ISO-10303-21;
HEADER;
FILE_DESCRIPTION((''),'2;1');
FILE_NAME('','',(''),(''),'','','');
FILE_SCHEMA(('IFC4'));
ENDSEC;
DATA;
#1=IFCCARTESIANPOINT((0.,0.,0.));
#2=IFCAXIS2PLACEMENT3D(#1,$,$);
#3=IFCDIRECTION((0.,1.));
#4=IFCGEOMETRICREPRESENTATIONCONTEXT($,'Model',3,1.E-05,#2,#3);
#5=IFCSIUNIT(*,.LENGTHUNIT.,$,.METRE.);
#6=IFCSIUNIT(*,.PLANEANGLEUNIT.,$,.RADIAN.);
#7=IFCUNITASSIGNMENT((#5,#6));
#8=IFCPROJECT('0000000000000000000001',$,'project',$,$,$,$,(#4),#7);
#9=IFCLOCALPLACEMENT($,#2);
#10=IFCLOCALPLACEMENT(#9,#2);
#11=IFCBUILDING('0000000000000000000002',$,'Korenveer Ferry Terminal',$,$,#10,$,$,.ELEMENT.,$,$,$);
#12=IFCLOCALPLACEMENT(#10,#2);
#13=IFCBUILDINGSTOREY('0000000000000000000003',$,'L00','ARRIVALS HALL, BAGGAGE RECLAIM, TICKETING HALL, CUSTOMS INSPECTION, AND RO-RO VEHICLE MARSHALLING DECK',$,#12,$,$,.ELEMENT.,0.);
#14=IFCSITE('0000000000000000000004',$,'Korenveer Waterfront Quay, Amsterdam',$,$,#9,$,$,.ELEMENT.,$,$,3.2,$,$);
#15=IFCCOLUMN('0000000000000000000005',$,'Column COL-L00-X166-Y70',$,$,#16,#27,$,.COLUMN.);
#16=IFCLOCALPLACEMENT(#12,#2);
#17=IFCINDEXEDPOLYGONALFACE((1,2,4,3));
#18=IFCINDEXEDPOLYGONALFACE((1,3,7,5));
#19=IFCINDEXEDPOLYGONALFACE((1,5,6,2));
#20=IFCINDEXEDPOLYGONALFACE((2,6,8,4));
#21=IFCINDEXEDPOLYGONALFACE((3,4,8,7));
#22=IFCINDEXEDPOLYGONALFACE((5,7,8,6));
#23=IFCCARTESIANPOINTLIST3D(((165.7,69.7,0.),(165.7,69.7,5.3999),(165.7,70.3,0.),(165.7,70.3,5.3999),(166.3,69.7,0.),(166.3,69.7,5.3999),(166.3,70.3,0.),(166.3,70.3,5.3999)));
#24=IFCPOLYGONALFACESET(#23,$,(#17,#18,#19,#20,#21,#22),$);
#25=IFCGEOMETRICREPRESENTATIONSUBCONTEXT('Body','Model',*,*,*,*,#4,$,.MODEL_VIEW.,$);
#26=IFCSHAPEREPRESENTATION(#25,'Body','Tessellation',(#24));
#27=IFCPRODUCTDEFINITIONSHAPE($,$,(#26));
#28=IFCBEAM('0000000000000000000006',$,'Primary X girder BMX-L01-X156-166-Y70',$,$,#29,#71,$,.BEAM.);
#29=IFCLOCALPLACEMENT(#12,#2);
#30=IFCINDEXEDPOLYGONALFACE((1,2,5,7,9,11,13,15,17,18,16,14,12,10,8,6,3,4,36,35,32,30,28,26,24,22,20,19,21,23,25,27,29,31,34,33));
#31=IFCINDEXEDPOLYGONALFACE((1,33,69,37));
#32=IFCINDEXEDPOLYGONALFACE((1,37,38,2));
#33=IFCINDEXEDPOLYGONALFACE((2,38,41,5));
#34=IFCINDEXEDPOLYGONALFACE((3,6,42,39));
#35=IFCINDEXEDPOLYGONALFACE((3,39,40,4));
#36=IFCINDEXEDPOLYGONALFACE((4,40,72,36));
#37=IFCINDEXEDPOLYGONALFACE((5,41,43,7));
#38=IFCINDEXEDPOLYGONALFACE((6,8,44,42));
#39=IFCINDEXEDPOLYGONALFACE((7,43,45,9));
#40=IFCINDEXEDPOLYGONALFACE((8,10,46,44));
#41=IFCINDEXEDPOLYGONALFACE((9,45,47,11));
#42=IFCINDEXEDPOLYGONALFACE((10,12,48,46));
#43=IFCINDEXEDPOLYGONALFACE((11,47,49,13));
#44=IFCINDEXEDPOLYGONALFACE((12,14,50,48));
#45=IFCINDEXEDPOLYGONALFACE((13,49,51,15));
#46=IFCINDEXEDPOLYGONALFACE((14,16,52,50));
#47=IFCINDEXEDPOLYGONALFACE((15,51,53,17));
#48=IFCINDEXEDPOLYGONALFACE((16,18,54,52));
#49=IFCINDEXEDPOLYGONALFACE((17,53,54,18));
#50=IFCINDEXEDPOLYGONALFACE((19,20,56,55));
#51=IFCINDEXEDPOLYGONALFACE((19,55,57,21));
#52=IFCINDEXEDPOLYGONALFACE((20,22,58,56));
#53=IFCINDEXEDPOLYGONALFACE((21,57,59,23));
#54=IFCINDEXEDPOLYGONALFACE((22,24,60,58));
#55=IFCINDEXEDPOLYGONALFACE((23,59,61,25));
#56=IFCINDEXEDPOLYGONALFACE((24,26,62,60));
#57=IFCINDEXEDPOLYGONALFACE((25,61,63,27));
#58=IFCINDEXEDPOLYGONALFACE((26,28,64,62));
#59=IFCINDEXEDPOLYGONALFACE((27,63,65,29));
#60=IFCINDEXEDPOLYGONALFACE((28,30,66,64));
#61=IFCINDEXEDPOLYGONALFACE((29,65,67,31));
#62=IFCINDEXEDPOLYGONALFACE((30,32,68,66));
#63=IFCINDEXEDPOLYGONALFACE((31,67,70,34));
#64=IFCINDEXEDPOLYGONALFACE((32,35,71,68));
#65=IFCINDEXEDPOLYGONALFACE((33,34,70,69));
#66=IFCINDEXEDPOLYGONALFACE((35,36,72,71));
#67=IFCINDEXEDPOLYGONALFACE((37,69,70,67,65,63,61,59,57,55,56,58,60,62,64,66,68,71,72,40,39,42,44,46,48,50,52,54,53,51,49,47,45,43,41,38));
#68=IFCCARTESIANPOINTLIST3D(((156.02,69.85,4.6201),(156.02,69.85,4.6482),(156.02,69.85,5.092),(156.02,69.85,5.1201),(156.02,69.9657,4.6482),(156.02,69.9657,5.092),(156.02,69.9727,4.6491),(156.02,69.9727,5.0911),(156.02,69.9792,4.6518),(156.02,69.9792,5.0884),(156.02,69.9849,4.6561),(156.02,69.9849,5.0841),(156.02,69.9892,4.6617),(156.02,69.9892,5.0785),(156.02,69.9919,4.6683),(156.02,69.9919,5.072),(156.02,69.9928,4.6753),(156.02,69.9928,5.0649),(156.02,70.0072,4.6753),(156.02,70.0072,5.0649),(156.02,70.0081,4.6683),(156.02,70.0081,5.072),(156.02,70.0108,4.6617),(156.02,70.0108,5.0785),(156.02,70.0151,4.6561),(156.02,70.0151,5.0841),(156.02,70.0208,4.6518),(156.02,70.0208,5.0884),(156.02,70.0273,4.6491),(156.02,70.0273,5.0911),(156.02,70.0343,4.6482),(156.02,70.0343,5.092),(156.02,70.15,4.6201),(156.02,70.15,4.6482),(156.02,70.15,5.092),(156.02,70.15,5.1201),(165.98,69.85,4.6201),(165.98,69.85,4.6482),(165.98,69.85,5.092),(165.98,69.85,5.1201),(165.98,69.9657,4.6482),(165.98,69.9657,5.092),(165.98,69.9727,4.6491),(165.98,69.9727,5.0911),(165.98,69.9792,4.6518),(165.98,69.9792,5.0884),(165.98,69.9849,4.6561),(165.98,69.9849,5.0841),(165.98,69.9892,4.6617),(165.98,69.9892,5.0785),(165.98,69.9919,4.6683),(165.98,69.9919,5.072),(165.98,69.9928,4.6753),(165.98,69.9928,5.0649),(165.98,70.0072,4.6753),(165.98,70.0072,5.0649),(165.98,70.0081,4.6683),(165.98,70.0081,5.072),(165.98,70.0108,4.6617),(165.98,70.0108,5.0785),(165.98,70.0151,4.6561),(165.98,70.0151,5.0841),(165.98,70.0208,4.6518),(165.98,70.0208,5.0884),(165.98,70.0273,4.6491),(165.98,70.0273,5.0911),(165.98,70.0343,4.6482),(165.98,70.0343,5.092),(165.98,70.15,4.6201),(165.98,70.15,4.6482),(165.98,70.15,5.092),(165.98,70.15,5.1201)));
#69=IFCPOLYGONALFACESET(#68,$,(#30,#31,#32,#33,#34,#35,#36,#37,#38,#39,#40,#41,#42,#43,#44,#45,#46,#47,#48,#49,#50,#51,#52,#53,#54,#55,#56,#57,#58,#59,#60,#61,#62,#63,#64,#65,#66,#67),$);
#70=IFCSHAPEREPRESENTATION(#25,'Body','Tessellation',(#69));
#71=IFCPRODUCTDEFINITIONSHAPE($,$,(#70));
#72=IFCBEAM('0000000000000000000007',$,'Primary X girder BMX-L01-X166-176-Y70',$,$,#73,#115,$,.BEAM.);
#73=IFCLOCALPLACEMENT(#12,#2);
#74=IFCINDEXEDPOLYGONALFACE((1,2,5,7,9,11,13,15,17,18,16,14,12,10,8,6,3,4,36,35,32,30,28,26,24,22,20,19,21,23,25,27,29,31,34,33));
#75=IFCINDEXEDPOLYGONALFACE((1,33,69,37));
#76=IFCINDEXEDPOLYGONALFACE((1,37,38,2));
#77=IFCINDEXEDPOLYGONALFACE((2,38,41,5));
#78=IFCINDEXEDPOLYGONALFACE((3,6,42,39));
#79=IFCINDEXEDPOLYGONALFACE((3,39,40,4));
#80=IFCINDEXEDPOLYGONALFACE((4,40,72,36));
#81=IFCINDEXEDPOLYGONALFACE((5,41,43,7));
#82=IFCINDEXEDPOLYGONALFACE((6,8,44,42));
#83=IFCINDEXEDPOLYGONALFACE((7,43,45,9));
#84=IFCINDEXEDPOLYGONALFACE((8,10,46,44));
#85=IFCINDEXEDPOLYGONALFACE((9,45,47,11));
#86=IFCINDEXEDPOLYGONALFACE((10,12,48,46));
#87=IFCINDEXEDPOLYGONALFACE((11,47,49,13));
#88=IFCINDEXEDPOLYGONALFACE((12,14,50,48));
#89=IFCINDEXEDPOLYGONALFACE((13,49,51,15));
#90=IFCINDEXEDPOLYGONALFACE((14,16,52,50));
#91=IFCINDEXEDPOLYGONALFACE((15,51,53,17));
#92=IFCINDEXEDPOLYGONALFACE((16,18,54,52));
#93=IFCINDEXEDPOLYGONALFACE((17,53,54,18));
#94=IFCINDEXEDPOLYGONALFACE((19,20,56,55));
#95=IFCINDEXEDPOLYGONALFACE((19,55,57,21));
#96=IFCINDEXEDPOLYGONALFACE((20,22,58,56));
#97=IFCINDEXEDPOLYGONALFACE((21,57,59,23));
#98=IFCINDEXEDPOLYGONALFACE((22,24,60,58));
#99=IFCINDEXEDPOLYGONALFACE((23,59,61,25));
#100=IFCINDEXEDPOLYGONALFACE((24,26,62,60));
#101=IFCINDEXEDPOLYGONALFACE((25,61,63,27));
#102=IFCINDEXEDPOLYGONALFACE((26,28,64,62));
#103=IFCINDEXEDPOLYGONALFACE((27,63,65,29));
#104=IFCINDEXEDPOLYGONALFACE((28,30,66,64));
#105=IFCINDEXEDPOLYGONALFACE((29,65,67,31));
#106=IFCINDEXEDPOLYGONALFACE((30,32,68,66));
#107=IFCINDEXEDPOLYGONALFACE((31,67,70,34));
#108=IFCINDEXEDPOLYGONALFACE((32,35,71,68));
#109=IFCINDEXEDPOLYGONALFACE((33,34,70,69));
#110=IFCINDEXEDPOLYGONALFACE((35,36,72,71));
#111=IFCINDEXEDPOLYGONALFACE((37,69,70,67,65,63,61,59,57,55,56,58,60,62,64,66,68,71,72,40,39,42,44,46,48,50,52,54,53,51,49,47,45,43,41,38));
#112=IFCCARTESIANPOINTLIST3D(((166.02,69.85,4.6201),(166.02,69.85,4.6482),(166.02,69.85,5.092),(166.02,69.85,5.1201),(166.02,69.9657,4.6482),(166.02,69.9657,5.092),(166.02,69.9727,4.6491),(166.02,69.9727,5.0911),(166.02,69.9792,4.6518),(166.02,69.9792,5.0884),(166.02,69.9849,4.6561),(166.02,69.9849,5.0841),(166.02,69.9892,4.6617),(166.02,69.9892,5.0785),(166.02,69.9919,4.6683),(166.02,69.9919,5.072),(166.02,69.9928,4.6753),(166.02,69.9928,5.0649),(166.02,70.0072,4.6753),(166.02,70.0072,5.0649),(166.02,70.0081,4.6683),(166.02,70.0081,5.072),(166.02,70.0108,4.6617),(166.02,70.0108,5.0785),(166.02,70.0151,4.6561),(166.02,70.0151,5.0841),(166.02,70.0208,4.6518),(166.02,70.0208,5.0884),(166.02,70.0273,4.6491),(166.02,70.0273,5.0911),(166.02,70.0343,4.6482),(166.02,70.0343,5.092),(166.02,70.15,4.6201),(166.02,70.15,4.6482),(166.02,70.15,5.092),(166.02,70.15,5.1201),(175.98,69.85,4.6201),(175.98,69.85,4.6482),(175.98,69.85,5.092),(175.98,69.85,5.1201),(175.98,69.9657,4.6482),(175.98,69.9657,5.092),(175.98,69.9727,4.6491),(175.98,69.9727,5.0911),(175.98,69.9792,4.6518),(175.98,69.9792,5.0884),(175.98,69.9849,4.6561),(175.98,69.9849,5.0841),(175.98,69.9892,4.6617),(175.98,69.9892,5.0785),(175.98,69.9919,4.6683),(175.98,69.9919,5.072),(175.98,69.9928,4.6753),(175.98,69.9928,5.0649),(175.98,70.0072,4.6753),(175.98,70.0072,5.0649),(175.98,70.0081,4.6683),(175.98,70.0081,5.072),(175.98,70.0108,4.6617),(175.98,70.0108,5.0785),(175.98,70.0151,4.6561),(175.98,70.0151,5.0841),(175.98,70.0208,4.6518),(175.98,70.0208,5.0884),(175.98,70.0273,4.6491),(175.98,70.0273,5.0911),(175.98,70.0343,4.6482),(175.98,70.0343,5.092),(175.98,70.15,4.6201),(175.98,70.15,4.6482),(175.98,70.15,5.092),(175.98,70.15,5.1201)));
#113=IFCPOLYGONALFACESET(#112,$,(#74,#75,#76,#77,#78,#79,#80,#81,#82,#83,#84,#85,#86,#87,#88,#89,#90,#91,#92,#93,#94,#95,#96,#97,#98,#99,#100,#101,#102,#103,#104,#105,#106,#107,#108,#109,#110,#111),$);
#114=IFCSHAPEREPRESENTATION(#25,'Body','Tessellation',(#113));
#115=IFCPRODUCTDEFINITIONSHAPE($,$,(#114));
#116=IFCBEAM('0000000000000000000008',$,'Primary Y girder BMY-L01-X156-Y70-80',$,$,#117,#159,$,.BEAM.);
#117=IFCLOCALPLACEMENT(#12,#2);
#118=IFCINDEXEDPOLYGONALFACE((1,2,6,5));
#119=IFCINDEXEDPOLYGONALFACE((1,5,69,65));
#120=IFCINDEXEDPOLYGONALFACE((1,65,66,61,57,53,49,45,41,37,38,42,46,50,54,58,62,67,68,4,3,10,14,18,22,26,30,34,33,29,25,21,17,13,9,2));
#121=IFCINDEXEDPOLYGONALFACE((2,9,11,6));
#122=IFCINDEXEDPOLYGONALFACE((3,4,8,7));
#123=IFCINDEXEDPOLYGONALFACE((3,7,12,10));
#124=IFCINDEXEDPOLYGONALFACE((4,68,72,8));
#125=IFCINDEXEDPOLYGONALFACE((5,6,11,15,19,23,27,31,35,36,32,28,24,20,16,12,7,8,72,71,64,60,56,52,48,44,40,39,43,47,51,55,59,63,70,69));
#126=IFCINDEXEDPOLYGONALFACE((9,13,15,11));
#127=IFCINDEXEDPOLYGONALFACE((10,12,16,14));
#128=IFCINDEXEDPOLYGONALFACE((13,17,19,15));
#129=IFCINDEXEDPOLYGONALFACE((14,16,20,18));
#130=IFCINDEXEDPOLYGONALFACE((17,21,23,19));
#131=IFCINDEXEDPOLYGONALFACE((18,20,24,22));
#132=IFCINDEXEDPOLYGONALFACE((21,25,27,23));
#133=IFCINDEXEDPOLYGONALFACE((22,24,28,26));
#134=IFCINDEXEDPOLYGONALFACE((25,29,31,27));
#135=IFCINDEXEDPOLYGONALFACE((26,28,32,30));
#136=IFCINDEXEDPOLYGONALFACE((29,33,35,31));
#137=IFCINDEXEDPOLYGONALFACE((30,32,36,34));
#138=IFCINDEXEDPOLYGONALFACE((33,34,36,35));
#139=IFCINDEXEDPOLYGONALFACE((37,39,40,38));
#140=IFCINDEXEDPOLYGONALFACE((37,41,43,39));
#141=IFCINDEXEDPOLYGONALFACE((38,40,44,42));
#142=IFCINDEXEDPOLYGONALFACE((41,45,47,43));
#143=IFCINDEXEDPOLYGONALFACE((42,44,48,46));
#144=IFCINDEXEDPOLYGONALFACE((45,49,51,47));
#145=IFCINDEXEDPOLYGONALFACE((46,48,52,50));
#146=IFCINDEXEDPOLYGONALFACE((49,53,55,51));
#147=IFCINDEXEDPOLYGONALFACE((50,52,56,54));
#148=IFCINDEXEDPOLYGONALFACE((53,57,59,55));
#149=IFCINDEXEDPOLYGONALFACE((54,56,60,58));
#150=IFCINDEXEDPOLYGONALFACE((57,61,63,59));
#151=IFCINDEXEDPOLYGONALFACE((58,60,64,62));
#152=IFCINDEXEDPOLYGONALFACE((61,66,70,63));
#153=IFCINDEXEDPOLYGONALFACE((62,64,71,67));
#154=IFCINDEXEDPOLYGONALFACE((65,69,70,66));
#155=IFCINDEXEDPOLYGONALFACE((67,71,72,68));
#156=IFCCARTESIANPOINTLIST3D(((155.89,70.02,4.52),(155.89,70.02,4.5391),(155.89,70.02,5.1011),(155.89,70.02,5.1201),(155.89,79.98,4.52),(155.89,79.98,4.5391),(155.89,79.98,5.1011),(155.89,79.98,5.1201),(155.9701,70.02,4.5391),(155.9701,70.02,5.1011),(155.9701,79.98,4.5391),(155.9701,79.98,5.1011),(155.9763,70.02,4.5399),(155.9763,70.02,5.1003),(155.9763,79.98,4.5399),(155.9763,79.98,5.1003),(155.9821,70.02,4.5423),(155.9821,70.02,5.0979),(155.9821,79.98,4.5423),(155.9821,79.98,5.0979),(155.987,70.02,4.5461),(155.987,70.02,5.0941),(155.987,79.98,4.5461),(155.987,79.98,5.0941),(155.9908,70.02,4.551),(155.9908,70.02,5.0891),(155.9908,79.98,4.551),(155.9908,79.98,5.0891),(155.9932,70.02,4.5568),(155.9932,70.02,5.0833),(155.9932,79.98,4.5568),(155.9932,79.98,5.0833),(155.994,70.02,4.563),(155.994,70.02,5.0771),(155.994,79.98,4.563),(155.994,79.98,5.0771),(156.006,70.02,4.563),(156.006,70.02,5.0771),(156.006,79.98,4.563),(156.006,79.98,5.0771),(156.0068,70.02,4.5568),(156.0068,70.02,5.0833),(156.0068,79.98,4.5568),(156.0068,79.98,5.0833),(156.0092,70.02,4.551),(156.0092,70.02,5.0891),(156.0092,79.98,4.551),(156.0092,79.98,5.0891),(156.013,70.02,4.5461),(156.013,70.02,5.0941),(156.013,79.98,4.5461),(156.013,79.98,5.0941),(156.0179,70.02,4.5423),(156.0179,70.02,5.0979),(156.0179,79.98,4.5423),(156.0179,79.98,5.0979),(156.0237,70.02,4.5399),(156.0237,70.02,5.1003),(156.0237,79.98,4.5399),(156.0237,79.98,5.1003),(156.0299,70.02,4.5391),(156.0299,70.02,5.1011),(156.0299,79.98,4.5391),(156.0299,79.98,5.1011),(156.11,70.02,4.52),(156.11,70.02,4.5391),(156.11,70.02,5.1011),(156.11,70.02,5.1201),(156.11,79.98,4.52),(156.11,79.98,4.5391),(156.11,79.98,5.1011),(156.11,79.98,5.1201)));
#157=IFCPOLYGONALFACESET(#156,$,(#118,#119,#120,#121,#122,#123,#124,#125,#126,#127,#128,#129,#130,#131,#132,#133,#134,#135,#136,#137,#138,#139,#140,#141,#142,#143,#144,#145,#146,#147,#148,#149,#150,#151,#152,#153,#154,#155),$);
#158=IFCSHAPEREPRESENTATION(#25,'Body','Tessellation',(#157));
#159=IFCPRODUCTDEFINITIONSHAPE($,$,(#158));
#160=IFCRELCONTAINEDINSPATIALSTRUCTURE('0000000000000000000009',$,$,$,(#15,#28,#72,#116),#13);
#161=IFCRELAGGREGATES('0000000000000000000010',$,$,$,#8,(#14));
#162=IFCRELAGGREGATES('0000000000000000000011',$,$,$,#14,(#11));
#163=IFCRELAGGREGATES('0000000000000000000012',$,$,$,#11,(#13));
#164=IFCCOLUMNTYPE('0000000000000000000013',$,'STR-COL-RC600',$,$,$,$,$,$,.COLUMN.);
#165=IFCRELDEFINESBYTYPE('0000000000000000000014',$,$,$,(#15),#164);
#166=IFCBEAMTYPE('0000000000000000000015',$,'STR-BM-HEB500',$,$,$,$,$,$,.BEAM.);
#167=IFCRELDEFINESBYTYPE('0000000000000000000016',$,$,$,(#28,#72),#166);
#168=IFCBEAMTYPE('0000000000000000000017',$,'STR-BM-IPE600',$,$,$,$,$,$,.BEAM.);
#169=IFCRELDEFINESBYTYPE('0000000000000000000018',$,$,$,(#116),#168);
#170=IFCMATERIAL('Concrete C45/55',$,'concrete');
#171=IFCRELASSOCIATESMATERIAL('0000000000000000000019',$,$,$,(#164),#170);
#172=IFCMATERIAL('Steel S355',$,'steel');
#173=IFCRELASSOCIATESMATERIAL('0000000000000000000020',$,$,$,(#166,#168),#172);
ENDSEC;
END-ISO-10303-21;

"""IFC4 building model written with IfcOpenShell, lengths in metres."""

from ifc_helpers import new_model, si_unit, direction, frame, origin, origin_2d, place, context, subcontext, project, spatial, rectangle, i_section, extrude, material, material_profile, profile_set, type_object, element, save


model = new_model("IFC4")

# Units and contexts
model_context = context("Model", 3, precision=1e-05, world=origin(), true_north=direction((0.0, 1.0)))
body_context = subcontext(model_context, "Body", "Model", "MODEL_VIEW")
ifc_project = project(units=[si_unit("LENGTHUNIT", "METRE"), si_unit("PLANEANGLEUNIT", "RADIAN")], contexts=[model_context])

# Site, building, storey
site_placement = place(None, origin())
site = spatial("IfcSite", under=ifc_project, at=site_placement, Name="Korenveer Waterfront Quay, Amsterdam", CompositionType="ELEMENT", RefElevation=3.2)
building_placement = place(site_placement, origin())
building = spatial("IfcBuilding", under=site, at=building_placement, Name="Korenveer Ferry Terminal", CompositionType="ELEMENT")
storey_placement = place(building_placement, origin())
storey = spatial("IfcBuildingStorey", under=building, at=storey_placement, Name="L00", Description="ARRIVALS HALL, BAGGAGE RECLAIM, TICKETING HALL, CUSTOMS INSPECTION, AND RO-RO VEHICLE MARSHALLING DECK", CompositionType="ELEMENT", Elevation=0.0)

# Shared definitions
ifc_material_1 = material(Name="Concrete C45/55", Category="concrete")

# Column
ifc_material_profile_1 = material_profile(ifc_material_1, rectangle(XDim=0.6001, YDim=0.6001, at=origin_2d()), Name="RC 600x600")
ifc_profile_set_1 = profile_set([ifc_material_profile_1], Name="Concrete C45/55")
column_type = type_object("IfcColumnType", Name="STR-COL-RC600", PredefinedType="COLUMN", material=ifc_profile_set_1)
for number, where, z_axis, x_axis, name in (
    (1, (166.0, 70.0, 0.0), (0.0, 0.0, 1.0), (1.0, 0.0, 0.0), "Column COL-L00-X166-Y70"),
):
    element("IfcColumn", number, at=place(storey_placement, frame(where, z_axis=z_axis, x_axis=x_axis)), inside=storey, type_object=column_type, Name=name, PredefinedType="COLUMN", context=body_context, shape_type="SweptSolid", body=[
        extrude(rectangle(XDim=0.6001, YDim=0.6001, at=origin_2d()), origin(), (0.0, 0.0, 1.0), 5.3999),
    ])

# Beams
ifc_material_2 = material(Name="Steel S355", Category="steel")
ifc_material_profile_2 = material_profile(ifc_material_2, i_section(OverallWidth=0.3, OverallDepth=0.5, WebThickness=0.0144, FlangeThickness=0.0281, FilletRadius=0.0271, at=origin_2d()), Name="HEB 500")
ifc_profile_set_2 = profile_set([ifc_material_profile_2], Name="Steel S355")
beam_type_1 = type_object("IfcBeamType", Name="STR-BM-HEB500", PredefinedType="BEAM", material=ifc_profile_set_2)
for number, where, z_axis, x_axis, name in (
    (2, (156.02, 70.0, 4.8701), (1.0, 0.0, 0.0), (0.0, 1.0, 0.0), "Primary X girder BMX-L01-X156-166-Y70"),
    (3, (166.02, 70.0, 4.8701), (1.0, 0.0, 0.0), (0.0, 1.0, 0.0), "Primary X girder BMX-L01-X166-176-Y70"),
):
    element("IfcBeam", number, at=place(storey_placement, frame(where, z_axis=z_axis, x_axis=x_axis)), inside=storey, type_object=beam_type_1, Name=name, PredefinedType="BEAM", context=body_context, shape_type="SweptSolid", body=[
        extrude(i_section(OverallWidth=0.3, OverallDepth=0.5, WebThickness=0.0144, FlangeThickness=0.0281, FilletRadius=0.0271, at=origin_2d()), origin(), (0.0, 0.0, 1.0), 9.96),
    ])
ifc_material_profile_3 = material_profile(ifc_material_2, i_section(OverallWidth=0.22, OverallDepth=0.6001, WebThickness=0.012, FlangeThickness=0.019, FilletRadius=0.0239, at=origin_2d()), Name="IPE 600")
ifc_profile_set_3 = profile_set([ifc_material_profile_3], Name="Steel S355")
beam_type_2 = type_object("IfcBeamType", Name="STR-BM-IPE600", PredefinedType="BEAM", material=ifc_profile_set_3)
for number, where, z_axis, x_axis, name in (
    (4, (156.0, 70.02, 4.8201), (0.0, 1.0, 0.0), (-1.0, 0.0, 0.0), "Primary Y girder BMY-L01-X156-Y70-80"),
):
    element("IfcBeam", number, at=place(storey_placement, frame(where, z_axis=z_axis, x_axis=x_axis)), inside=storey, type_object=beam_type_2, Name=name, PredefinedType="BEAM", context=body_context, shape_type="SweptSolid", body=[
        extrude(i_section(OverallWidth=0.22, OverallDepth=0.6001, WebThickness=0.012, FlangeThickness=0.019, FilletRadius=0.0239, at=origin_2d()), origin(), (0.0, 0.0, 1.0), 9.96),
    ])

save(model, "model.ifc")
